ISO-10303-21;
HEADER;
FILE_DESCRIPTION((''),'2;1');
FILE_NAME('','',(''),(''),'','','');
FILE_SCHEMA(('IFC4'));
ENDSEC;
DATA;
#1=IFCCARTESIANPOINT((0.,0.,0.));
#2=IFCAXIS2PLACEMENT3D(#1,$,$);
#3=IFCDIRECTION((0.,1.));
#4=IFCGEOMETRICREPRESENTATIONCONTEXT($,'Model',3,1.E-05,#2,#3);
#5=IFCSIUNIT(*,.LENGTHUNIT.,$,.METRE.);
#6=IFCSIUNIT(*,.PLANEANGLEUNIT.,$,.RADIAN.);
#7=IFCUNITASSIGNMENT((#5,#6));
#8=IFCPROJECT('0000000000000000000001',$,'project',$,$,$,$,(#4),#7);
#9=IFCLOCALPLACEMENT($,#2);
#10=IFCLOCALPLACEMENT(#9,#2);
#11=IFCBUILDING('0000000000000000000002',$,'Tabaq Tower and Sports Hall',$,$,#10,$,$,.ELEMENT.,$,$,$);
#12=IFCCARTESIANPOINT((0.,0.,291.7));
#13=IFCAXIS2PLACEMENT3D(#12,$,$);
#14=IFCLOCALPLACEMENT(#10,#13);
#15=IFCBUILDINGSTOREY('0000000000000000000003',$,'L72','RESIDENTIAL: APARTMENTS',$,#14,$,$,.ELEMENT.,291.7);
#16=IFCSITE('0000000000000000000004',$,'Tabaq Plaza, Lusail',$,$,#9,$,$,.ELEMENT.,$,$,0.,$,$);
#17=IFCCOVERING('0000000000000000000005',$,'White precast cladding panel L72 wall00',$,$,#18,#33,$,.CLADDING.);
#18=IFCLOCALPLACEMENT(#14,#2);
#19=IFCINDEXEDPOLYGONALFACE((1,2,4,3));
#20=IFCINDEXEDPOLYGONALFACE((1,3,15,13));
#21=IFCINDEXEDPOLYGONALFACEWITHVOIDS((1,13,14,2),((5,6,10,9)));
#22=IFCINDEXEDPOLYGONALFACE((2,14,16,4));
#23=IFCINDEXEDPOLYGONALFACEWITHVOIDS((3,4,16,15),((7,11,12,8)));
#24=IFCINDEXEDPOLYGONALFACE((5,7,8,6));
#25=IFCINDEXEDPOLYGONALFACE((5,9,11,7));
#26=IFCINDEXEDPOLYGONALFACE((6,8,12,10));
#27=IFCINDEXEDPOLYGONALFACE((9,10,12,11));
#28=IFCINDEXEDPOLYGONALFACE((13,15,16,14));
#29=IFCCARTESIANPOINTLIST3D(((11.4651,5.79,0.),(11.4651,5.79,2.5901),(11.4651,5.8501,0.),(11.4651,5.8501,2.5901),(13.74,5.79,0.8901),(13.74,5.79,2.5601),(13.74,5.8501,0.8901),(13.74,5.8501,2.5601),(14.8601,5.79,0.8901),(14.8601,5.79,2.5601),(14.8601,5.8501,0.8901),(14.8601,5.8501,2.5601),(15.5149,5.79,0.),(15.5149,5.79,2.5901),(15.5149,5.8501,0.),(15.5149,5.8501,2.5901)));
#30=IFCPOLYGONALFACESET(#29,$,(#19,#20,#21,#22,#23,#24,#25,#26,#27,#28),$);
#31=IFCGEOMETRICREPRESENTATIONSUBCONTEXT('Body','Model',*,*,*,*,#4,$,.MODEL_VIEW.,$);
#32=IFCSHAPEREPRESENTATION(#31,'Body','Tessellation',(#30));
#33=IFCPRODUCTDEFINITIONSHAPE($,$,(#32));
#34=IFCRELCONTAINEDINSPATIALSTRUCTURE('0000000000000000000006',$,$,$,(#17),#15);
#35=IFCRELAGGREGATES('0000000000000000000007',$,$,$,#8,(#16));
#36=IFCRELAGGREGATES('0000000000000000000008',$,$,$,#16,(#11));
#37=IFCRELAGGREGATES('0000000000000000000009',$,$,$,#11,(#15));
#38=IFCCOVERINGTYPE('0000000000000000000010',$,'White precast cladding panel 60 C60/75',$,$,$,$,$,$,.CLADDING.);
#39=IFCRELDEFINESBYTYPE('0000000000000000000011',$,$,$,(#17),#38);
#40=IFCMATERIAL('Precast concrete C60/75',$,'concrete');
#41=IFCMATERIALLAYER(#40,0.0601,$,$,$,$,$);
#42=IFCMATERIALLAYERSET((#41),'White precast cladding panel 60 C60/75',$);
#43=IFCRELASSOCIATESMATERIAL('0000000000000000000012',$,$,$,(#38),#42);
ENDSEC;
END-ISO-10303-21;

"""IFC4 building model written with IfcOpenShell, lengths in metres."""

from ifc_helpers import new_model, si_unit, direction, frame, origin, place, context, subcontext, project, spatial, polyline, outline, extrude, material, layer, layer_set, type_object, element, save


model = new_model("IFC4")

# Units and contexts
model_context = context("Model", 3, precision=1e-05, world=origin(), true_north=direction((0.0, 1.0)))
body_context = subcontext(model_context, "Body", "Model", "MODEL_VIEW")
ifc_project = project(units=[si_unit("LENGTHUNIT", "METRE"), si_unit("PLANEANGLEUNIT", "RADIAN")], contexts=[model_context])

# Site, building, storey
site_placement = place(None, origin())
site = spatial("IfcSite", under=ifc_project, at=site_placement, Name="Tabaq Plaza, Lusail", CompositionType="ELEMENT", RefElevation=0.0)
building_placement = place(site_placement, origin())
building = spatial("IfcBuilding", under=site, at=building_placement, Name="Tabaq Tower and Sports Hall", CompositionType="ELEMENT")
storey_placement = place(building_placement, frame((0.0, 0.0, 291.7)))
storey = spatial("IfcBuildingStorey", under=building, at=storey_placement, Name="L72", Description="RESIDENTIAL: APARTMENTS", CompositionType="ELEMENT", Elevation=291.7)

# Covering
ifc_material_1 = material(Name="Precast concrete C60/75", Category="concrete")
ifc_layer_1 = layer(ifc_material_1, 0.0601)
ifc_layer_set_1 = layer_set([ifc_layer_1], Name="White precast cladding panel 60 C60/75")
covering_type = type_object("IfcCoveringType", Name="White precast cladding panel 60 C60/75", PredefinedType="CLADDING", material=ifc_layer_set_1)
covering_placement = place(storey_placement, frame((11.4651, 5.8201, 0.0), z_axis=(0.0, 0.0, 1.0), x_axis=(1.0, 0.0, 0.0)))
element("IfcCovering", 1, at=covering_placement, inside=storey, type_object=covering_type, Name="White precast cladding panel L72 wall00", PredefinedType="CLADDING", context=body_context, shape_type="SweptSolid", body=[
    extrude(outline(polyline([(0.0, 0.0), (4.0498, 0.0), (4.0498, 2.5901), (0.0, 2.5901), (0.0, 0.0)]), holes=[polyline([(3.395, 0.8901), (2.2749, 0.8901), (2.2749, 2.5601), (3.395, 2.5601), (3.395, 0.8901)])]), frame((0.0, 0.03, 0.0), z_axis=(0.0, -1.0, 0.0), x_axis=(1.0, 0.0, 0.0)), (0.0, 0.0, 1.0), 0.0601),
])

save(model, "model.ifc")
